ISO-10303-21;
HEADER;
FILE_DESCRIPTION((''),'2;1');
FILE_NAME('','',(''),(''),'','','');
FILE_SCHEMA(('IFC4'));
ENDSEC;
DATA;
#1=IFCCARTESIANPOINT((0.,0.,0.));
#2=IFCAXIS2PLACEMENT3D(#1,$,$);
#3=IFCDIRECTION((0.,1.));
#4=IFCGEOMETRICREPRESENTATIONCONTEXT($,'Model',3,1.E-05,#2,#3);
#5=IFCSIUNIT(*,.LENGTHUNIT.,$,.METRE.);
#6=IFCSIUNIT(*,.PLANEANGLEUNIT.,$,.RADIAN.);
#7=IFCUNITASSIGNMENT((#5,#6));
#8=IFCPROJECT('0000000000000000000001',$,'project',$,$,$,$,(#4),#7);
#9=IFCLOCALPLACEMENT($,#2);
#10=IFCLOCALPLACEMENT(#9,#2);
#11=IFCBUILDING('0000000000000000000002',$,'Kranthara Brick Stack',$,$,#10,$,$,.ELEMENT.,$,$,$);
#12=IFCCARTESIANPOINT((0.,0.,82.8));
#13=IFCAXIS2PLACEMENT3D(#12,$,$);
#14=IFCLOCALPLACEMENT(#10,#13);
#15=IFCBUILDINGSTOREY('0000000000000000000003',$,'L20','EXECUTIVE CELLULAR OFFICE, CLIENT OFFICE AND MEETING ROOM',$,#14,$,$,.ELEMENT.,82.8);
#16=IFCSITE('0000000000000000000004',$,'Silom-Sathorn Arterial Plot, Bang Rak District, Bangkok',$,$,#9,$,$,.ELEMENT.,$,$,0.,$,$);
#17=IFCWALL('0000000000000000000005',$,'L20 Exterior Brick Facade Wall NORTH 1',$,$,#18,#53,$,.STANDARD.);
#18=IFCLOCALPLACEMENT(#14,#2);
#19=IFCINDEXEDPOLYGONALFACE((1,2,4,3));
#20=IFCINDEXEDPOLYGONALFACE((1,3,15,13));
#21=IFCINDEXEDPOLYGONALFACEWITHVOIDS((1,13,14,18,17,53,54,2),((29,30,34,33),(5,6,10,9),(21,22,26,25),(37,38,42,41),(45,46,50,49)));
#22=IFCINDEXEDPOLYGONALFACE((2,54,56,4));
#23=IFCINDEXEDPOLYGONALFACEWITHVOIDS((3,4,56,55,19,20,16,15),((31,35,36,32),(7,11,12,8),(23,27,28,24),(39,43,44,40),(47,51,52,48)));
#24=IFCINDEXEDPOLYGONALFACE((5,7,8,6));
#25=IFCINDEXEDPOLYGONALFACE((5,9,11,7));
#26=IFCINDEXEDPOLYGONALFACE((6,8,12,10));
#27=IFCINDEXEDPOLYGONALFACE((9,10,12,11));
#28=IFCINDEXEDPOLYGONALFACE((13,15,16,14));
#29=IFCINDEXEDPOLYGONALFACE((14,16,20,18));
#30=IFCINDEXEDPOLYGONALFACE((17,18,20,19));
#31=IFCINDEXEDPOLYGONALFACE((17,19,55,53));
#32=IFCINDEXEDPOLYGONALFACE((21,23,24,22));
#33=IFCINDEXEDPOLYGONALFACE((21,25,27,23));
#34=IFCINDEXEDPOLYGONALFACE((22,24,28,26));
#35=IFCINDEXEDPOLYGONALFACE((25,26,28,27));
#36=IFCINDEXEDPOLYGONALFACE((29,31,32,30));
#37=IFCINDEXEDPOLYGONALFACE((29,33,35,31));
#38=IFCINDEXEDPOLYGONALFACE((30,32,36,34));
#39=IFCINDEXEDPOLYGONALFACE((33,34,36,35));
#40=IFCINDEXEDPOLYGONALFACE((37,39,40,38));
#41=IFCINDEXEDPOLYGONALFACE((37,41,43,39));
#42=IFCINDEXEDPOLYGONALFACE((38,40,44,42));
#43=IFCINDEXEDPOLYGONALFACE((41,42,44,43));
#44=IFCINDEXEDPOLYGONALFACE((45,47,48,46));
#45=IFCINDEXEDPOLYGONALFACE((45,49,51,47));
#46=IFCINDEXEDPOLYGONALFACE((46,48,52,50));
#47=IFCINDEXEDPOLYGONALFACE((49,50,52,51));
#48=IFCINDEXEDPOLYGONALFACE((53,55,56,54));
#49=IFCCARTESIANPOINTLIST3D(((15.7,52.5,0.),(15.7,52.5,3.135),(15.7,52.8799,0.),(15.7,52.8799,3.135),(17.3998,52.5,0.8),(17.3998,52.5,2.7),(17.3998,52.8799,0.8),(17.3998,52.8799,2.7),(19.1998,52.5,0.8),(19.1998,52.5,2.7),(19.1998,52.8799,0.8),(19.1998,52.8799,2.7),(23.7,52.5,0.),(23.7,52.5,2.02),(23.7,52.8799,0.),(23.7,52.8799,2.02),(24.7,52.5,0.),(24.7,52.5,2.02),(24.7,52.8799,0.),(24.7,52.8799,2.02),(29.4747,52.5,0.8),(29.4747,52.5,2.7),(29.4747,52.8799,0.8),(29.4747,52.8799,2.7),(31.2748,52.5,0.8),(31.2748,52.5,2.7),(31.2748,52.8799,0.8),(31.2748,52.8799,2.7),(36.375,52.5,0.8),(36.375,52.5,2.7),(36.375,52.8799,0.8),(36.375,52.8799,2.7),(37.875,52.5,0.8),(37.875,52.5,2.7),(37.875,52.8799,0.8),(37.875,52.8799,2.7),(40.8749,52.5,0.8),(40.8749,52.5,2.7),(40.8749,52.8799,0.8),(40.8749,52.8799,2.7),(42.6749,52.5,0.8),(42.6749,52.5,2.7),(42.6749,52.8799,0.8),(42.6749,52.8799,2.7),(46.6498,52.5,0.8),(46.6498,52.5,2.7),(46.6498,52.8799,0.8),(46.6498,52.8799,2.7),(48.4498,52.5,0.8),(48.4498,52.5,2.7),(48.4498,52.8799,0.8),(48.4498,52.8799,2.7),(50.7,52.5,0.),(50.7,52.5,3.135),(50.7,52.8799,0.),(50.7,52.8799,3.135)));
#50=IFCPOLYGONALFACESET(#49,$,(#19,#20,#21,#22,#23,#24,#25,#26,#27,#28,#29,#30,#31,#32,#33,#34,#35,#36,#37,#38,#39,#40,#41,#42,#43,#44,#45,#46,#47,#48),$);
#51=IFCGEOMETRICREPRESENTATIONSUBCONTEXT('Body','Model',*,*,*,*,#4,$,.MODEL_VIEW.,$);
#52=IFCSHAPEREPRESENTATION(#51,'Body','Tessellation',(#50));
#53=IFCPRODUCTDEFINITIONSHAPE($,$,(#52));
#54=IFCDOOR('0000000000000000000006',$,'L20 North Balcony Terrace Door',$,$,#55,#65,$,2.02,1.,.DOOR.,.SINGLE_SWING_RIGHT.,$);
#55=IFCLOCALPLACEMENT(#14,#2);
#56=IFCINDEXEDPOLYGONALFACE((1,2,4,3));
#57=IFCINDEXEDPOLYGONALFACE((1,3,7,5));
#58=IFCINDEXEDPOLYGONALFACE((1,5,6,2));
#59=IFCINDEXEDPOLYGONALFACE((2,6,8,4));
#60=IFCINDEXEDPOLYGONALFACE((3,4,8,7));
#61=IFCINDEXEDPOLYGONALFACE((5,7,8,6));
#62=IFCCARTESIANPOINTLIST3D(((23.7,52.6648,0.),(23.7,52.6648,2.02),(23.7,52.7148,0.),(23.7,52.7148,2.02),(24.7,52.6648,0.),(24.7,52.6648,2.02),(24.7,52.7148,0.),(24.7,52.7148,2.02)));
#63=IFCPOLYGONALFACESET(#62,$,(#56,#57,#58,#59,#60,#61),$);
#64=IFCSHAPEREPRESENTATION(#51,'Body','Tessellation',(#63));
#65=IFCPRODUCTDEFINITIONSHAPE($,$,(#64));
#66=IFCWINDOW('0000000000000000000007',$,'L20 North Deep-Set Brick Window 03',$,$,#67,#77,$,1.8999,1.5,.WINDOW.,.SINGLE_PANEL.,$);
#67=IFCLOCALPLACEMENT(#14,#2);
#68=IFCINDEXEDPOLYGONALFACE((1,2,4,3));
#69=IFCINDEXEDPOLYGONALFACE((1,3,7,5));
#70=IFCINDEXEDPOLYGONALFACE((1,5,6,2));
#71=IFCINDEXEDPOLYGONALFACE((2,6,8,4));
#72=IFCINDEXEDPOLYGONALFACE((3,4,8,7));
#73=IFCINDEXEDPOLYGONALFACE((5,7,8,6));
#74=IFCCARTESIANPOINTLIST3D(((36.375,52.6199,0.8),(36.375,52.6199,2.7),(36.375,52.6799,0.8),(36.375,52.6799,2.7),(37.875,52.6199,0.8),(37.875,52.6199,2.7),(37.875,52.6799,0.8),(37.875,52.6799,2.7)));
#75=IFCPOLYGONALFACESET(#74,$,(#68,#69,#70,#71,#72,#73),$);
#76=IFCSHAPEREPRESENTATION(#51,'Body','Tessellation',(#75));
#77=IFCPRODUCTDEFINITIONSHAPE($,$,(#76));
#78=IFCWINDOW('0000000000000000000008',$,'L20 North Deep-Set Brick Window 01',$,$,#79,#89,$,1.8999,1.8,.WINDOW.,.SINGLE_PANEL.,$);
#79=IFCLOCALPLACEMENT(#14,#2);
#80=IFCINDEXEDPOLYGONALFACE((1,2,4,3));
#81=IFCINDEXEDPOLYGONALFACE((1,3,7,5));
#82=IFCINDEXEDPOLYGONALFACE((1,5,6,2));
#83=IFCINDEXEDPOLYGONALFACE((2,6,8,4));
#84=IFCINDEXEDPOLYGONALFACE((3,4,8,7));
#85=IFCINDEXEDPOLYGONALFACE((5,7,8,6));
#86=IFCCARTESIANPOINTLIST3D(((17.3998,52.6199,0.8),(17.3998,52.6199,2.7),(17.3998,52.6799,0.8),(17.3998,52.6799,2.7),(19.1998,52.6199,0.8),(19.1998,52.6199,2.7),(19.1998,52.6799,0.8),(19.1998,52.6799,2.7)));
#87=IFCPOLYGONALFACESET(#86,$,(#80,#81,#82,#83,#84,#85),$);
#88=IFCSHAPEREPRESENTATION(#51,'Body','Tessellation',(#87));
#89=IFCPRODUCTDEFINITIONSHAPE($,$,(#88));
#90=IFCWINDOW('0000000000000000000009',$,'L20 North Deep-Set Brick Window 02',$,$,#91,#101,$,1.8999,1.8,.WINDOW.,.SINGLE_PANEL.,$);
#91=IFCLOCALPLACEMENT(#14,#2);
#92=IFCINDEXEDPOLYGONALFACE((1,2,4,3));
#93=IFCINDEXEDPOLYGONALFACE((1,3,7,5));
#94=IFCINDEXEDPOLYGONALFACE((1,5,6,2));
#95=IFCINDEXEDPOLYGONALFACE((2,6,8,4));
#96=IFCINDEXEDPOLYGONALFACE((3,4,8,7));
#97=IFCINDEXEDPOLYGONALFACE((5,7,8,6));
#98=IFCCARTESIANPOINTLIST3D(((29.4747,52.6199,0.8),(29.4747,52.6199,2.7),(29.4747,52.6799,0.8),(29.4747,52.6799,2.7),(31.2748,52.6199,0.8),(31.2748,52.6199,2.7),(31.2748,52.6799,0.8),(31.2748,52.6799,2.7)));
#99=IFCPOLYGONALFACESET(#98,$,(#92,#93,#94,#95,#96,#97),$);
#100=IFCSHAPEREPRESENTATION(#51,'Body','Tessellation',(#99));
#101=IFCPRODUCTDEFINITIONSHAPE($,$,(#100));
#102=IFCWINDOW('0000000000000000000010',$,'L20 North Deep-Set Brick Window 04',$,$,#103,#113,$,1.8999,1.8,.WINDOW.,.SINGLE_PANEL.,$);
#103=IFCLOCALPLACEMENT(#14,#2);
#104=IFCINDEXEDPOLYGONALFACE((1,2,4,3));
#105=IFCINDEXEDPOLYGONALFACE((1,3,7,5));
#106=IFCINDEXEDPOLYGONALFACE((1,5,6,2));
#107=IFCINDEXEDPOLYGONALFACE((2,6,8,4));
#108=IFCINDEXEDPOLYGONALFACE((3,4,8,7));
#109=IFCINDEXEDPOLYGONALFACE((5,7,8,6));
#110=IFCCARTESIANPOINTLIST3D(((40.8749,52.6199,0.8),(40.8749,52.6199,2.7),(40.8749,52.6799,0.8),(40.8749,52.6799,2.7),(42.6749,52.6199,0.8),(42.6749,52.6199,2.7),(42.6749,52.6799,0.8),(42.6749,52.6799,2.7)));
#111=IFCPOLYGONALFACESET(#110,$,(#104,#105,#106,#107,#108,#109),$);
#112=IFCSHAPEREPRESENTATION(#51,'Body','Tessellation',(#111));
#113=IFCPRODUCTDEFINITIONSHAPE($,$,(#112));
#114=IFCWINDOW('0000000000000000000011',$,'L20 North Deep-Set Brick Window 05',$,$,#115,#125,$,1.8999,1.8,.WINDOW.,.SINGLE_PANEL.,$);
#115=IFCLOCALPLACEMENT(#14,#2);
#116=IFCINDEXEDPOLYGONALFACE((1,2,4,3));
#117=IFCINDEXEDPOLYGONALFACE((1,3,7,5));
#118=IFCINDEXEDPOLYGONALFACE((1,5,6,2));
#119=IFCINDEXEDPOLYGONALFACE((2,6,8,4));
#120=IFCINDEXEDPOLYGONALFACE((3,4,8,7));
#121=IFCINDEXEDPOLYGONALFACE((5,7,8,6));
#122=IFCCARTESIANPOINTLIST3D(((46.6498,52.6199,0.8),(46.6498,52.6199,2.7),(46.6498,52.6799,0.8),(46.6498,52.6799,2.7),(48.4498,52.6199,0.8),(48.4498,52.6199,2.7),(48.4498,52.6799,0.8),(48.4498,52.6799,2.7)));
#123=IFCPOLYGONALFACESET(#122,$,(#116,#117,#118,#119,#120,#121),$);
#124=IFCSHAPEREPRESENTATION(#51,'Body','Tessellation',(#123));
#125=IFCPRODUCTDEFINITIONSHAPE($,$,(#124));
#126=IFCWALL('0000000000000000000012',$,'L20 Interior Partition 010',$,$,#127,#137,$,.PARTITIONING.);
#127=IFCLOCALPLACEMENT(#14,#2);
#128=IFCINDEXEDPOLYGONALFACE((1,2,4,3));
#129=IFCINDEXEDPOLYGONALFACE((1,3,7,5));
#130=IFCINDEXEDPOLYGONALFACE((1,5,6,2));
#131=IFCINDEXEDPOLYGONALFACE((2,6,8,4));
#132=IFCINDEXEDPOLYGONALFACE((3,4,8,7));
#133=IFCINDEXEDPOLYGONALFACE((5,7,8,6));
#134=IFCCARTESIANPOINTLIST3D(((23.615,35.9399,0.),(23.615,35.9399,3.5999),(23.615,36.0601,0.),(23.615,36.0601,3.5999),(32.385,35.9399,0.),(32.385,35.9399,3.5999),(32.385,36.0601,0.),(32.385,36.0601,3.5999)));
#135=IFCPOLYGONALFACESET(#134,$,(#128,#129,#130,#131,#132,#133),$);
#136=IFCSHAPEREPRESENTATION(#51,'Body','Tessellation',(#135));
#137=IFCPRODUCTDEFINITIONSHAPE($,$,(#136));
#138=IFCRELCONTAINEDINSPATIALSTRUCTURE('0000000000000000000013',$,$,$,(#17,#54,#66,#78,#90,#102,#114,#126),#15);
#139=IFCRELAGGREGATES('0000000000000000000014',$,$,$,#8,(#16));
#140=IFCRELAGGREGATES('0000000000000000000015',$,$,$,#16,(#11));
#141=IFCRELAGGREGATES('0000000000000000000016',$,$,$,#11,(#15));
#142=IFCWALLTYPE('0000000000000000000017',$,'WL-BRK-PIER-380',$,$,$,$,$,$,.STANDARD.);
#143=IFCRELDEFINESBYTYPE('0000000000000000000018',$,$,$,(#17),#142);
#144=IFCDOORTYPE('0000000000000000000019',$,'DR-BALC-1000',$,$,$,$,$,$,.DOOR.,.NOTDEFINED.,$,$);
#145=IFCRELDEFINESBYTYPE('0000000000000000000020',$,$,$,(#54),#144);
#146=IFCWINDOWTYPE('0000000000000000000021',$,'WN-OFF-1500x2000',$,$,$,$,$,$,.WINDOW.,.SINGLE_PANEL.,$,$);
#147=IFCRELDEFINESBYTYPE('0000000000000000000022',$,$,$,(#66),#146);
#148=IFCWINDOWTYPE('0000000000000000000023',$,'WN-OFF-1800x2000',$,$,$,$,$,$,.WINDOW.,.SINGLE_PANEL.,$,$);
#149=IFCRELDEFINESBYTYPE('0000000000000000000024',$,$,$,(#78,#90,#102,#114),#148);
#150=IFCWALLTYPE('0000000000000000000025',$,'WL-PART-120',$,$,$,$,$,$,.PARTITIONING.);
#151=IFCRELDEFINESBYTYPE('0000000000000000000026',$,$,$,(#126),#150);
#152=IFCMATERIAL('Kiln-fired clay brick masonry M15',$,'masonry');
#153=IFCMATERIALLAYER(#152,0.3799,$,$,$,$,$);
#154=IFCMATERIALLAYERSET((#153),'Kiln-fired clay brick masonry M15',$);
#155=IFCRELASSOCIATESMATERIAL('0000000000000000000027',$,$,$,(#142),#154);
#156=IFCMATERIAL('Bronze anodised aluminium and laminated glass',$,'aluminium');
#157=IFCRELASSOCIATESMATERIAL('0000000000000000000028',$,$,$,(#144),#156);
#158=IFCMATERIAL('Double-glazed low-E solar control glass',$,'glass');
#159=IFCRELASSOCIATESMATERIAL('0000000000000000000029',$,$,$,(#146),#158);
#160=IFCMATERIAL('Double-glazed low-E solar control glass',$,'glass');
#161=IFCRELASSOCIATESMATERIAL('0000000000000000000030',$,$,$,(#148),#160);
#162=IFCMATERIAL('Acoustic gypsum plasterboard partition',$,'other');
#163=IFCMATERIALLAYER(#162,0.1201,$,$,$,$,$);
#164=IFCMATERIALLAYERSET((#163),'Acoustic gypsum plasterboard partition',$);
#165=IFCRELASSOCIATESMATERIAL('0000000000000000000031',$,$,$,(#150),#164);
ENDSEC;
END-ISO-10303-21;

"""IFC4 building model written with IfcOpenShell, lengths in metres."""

from ifc_helpers import new_model, si_unit, direction, frame, frame_2d, origin, place, context, subcontext, project, spatial, rectangle, extrude, material, layer, layer_set, type_object, element, fill, save


model = new_model("IFC4")

# Units and contexts
model_context = context("Model", 3, precision=1e-05, world=origin(), true_north=direction((0.0, 1.0)))
body_context = subcontext(model_context, "Body", "Model", "MODEL_VIEW")
ifc_project = project(units=[si_unit("LENGTHUNIT", "METRE"), si_unit("PLANEANGLEUNIT", "RADIAN")], contexts=[model_context])

# Site, building, storey
site_placement = place(None, origin())
site = spatial("IfcSite", under=ifc_project, at=site_placement, Name="Silom-Sathorn Arterial Plot, Bang Rak District, Bangkok", CompositionType="ELEMENT", RefElevation=0.0)
building_placement = place(site_placement, origin())
building = spatial("IfcBuilding", under=site, at=building_placement, Name="Kranthara Brick Stack", CompositionType="ELEMENT")
storey_placement = place(building_placement, frame((0.0, 0.0, 82.8)))
storey = spatial("IfcBuildingStorey", under=building, at=storey_placement, Name="L20", Description="EXECUTIVE CELLULAR OFFICE, CLIENT OFFICE AND MEETING ROOM", CompositionType="ELEMENT", Elevation=82.8)

# Shared definitions
ifc_material_1 = material(Name="Kiln-fired clay brick masonry M15", Category="masonry")
ifc_layer_1 = layer(ifc_material_1, 0.3799)
ifc_layer_set_1 = layer_set([ifc_layer_1], Name="Kiln-fired clay brick masonry M15")
wall_type_1 = type_object("IfcWallType", Name="WL-BRK-PIER-380", PredefinedType="STANDARD", material=ifc_layer_set_1)

# Wall, openings, door, windows
wall_1_placement = place(storey_placement, frame((15.7, 52.6899, 0.0), z_axis=(0.0, 0.0, 1.0), x_axis=(1.0, 0.0, 0.0)))
wall_1 = element("IfcWall", 1, at=wall_1_placement, inside=storey, type_object=wall_type_1, Name="L20 Exterior Brick Facade Wall NORTH 1", PredefinedType="STANDARD", context=body_context, shape_type="SweptSolid", body=[
    extrude(rectangle(XDim=35.0, YDim=0.3799, at=frame_2d((17.5, 0.0))), origin(), (0.0, 0.0, 1.0), 3.135),
])
opening_1_placement = place(wall_1_placement, frame((8.0, 0.0, 0.0)))
opening_1 = element("IfcOpeningElement", 2, at=opening_1_placement, cuts=wall_1, PredefinedType="OPENING", context=body_context, shape_type="SweptSolid", body=[
    extrude(rectangle(XDim=1.0, YDim=2.02, at=frame_2d((0.5, 1.01))), frame((0.0, 0.2, 0.0), z_axis=(0.0, -1.0, 0.0), x_axis=(1.0, 0.0, 0.0)), (0.0, 0.0, 1.0), 0.3999),
])
opening_2_placement = place(wall_1_placement, frame((1.7, 0.0, 0.8)))
opening_2 = element("IfcOpeningElement", 3, at=opening_2_placement, cuts=wall_1, PredefinedType="OPENING", context=body_context, shape_type="SweptSolid", body=[
    extrude(rectangle(XDim=1.8, YDim=1.8999, at=frame_2d((0.8999, 0.95))), frame((0.0, 0.2, 0.0), z_axis=(0.0, -1.0, 0.0), x_axis=(1.0, 0.0, 0.0)), (0.0, 0.0, 1.0), 0.3999),
])
opening_3_placement = place(wall_1_placement, frame((13.7749, 0.0, 0.8)))
opening_3 = element("IfcOpeningElement", 4, at=opening_3_placement, cuts=wall_1, PredefinedType="OPENING", context=body_context, shape_type="SweptSolid", body=[
    extrude(rectangle(XDim=1.8, YDim=1.8999, at=frame_2d((0.8999, 0.95))), frame((0.0, 0.2, 0.0), z_axis=(0.0, -1.0, 0.0), x_axis=(1.0, 0.0, 0.0)), (0.0, 0.0, 1.0), 0.3999),
])
opening_4_placement = place(wall_1_placement, frame((20.675, 0.0, 0.8)))
opening_4 = element("IfcOpeningElement", 5, at=opening_4_placement, cuts=wall_1, PredefinedType="OPENING", context=body_context, shape_type="SweptSolid", body=[
    extrude(rectangle(XDim=1.5, YDim=1.8999, at=frame_2d((0.75, 0.95))), frame((0.0, 0.2, 0.0), z_axis=(0.0, -1.0, 0.0), x_axis=(1.0, 0.0, 0.0)), (0.0, 0.0, 1.0), 0.3999),
])
opening_5_placement = place(wall_1_placement, frame((25.175, 0.0, 0.8)))
opening_5 = element("IfcOpeningElement", 6, at=opening_5_placement, cuts=wall_1, PredefinedType="OPENING", context=body_context, shape_type="SweptSolid", body=[
    extrude(rectangle(XDim=1.8, YDim=1.8999, at=frame_2d((0.8999, 0.95))), frame((0.0, 0.2, 0.0), z_axis=(0.0, -1.0, 0.0), x_axis=(1.0, 0.0, 0.0)), (0.0, 0.0, 1.0), 0.3999),
])
opening_6_placement = place(wall_1_placement, frame((30.95, 0.0, 0.8)))
opening_6 = element("IfcOpeningElement", 7, at=opening_6_placement, cuts=wall_1, PredefinedType="OPENING", context=body_context, shape_type="SweptSolid", body=[
    extrude(rectangle(XDim=1.8, YDim=1.8999, at=frame_2d((0.8999, 0.95))), frame((0.0, 0.2, 0.0), z_axis=(0.0, -1.0, 0.0), x_axis=(1.0, 0.0, 0.0)), (0.0, 0.0, 1.0), 0.3999),
])
ifc_material_2 = material(Name="Bronze anodised aluminium and laminated glass", Category="aluminium")
door_type_1 = type_object("IfcDoorType", Name="DR-BALC-1000", OperationType="NOTDEFINED", PredefinedType="DOOR", material=ifc_material_2)
door_1_placement = place(opening_1_placement, origin())
door_1 = element("IfcDoor", 8, at=door_1_placement, inside=storey, type_object=door_type_1, Name="L20 North Balcony Terrace Door", OperationType="SINGLE_SWING_RIGHT", OverallHeight=2.02, OverallWidth=1.0, PredefinedType="DOOR", context=body_context, shape_type="SweptSolid", body=[
    extrude(rectangle(XDim=1.0, YDim=2.02, at=frame_2d((0.5, 1.01))), frame((0.0, 0.0249, 0.0), z_axis=(0.0, -1.0, 0.0), x_axis=(1.0, 0.0, 0.0)), (0.0, 0.0, 1.0), 0.05),
])
fill(opening_1, door_1)
ifc_material_3 = material(Name="Double-glazed low-E solar control glass", Category="glass")
window_type_1 = type_object("IfcWindowType", Name="WN-OFF-1500x2000", PartitioningType="SINGLE_PANEL", PredefinedType="WINDOW", material=ifc_material_3)
window_1_placement = place(opening_4_placement, origin())
window_1 = element("IfcWindow", 9, at=window_1_placement, inside=storey, type_object=window_type_1, Name="L20 North Deep-Set Brick Window 03", OverallHeight=1.8999, OverallWidth=1.5, PartitioningType="SINGLE_PANEL", PredefinedType="WINDOW", context=body_context, shape_type="SweptSolid", body=[
    extrude(rectangle(XDim=1.5, YDim=1.8999, at=frame_2d((0.75, 0.95))), frame((0.0, -0.01, 0.0), z_axis=(0.0, -1.0, 0.0), x_axis=(1.0, 0.0, 0.0)), (0.0, 0.0, 1.0), 0.0601),
])
fill(opening_4, window_1)
ifc_material_4 = material(Name="Double-glazed low-E solar control glass", Category="glass")
window_type_2 = type_object("IfcWindowType", Name="WN-OFF-1800x2000", PartitioningType="SINGLE_PANEL", PredefinedType="WINDOW", material=ifc_material_4)
window_2_placement = place(opening_2_placement, origin())
window_2 = element("IfcWindow", 10, at=window_2_placement, inside=storey, type_object=window_type_2, Name="L20 North Deep-Set Brick Window 01", OverallHeight=1.8999, OverallWidth=1.8, PartitioningType="SINGLE_PANEL", PredefinedType="WINDOW", context=body_context, shape_type="SweptSolid", body=[
    extrude(rectangle(XDim=1.8, YDim=1.8999, at=frame_2d((0.8999, 0.95))), frame((0.0, -0.01, 0.0), z_axis=(0.0, -1.0, 0.0), x_axis=(1.0, 0.0, 0.0)), (0.0, 0.0, 1.0), 0.0601),
])
fill(opening_2, window_2)
window_3_placement = place(opening_3_placement, origin())
window_3 = element("IfcWindow", 11, at=window_3_placement, inside=storey, type_object=window_type_2, Name="L20 North Deep-Set Brick Window 02", OverallHeight=1.8999, OverallWidth=1.8, PartitioningType="SINGLE_PANEL", PredefinedType="WINDOW", context=body_context, shape_type="SweptSolid", body=[
    extrude(rectangle(XDim=1.8, YDim=1.8999, at=frame_2d((0.8999, 0.95))), frame((0.0, -0.01, 0.0), z_axis=(0.0, -1.0, 0.0), x_axis=(1.0, 0.0, 0.0)), (0.0, 0.0, 1.0), 0.0601),
])
fill(opening_3, window_3)
window_4_placement = place(opening_5_placement, origin())
window_4 = element("IfcWindow", 12, at=window_4_placement, inside=storey, type_object=window_type_2, Name="L20 North Deep-Set Brick Window 04", OverallHeight=1.8999, OverallWidth=1.8, PartitioningType="SINGLE_PANEL", PredefinedType="WINDOW", context=body_context, shape_type="SweptSolid", body=[
    extrude(rectangle(XDim=1.8, YDim=1.8999, at=frame_2d((0.8999, 0.95))), frame((0.0, -0.01, 0.0), z_axis=(0.0, -1.0, 0.0), x_axis=(1.0, 0.0, 0.0)), (0.0, 0.0, 1.0), 0.0601),
])
fill(opening_5, window_4)
window_5_placement = place(opening_6_placement, origin())
window_5 = element("IfcWindow", 13, at=window_5_placement, inside=storey, type_object=window_type_2, Name="L20 North Deep-Set Brick Window 05", OverallHeight=1.8999, OverallWidth=1.8, PartitioningType="SINGLE_PANEL", PredefinedType="WINDOW", context=body_context, shape_type="SweptSolid", body=[
    extrude(rectangle(XDim=1.8, YDim=1.8999, at=frame_2d((0.8999, 0.95))), frame((0.0, -0.01, 0.0), z_axis=(0.0, -1.0, 0.0), x_axis=(1.0, 0.0, 0.0)), (0.0, 0.0, 1.0), 0.0601),
])
fill(opening_6, window_5)

# Wall
ifc_material_5 = material(Name="Acoustic gypsum plasterboard partition", Category="other")
ifc_layer_2 = layer(ifc_material_5, 0.1201)
ifc_layer_set_2 = layer_set([ifc_layer_2], Name="Acoustic gypsum plasterboard partition")
wall_type_2 = type_object("IfcWallType", Name="WL-PART-120", PredefinedType="PARTITIONING", material=ifc_layer_set_2)
wall_2_placement = place(storey_placement, frame((23.615, 36.0, 0.0), z_axis=(0.0, 0.0, 1.0), x_axis=(1.0, 0.0, 0.0)))
element("IfcWall", 14, at=wall_2_placement, inside=storey, type_object=wall_type_2, Name="L20 Interior Partition 010", PredefinedType="PARTITIONING", context=body_context, shape_type="SweptSolid", body=[
    extrude(rectangle(XDim=8.77, YDim=0.1201, at=frame_2d((4.385, 0.0))), origin(), (0.0, 0.0, 1.0), 3.5999),
])

save(model, "model.ifc")
